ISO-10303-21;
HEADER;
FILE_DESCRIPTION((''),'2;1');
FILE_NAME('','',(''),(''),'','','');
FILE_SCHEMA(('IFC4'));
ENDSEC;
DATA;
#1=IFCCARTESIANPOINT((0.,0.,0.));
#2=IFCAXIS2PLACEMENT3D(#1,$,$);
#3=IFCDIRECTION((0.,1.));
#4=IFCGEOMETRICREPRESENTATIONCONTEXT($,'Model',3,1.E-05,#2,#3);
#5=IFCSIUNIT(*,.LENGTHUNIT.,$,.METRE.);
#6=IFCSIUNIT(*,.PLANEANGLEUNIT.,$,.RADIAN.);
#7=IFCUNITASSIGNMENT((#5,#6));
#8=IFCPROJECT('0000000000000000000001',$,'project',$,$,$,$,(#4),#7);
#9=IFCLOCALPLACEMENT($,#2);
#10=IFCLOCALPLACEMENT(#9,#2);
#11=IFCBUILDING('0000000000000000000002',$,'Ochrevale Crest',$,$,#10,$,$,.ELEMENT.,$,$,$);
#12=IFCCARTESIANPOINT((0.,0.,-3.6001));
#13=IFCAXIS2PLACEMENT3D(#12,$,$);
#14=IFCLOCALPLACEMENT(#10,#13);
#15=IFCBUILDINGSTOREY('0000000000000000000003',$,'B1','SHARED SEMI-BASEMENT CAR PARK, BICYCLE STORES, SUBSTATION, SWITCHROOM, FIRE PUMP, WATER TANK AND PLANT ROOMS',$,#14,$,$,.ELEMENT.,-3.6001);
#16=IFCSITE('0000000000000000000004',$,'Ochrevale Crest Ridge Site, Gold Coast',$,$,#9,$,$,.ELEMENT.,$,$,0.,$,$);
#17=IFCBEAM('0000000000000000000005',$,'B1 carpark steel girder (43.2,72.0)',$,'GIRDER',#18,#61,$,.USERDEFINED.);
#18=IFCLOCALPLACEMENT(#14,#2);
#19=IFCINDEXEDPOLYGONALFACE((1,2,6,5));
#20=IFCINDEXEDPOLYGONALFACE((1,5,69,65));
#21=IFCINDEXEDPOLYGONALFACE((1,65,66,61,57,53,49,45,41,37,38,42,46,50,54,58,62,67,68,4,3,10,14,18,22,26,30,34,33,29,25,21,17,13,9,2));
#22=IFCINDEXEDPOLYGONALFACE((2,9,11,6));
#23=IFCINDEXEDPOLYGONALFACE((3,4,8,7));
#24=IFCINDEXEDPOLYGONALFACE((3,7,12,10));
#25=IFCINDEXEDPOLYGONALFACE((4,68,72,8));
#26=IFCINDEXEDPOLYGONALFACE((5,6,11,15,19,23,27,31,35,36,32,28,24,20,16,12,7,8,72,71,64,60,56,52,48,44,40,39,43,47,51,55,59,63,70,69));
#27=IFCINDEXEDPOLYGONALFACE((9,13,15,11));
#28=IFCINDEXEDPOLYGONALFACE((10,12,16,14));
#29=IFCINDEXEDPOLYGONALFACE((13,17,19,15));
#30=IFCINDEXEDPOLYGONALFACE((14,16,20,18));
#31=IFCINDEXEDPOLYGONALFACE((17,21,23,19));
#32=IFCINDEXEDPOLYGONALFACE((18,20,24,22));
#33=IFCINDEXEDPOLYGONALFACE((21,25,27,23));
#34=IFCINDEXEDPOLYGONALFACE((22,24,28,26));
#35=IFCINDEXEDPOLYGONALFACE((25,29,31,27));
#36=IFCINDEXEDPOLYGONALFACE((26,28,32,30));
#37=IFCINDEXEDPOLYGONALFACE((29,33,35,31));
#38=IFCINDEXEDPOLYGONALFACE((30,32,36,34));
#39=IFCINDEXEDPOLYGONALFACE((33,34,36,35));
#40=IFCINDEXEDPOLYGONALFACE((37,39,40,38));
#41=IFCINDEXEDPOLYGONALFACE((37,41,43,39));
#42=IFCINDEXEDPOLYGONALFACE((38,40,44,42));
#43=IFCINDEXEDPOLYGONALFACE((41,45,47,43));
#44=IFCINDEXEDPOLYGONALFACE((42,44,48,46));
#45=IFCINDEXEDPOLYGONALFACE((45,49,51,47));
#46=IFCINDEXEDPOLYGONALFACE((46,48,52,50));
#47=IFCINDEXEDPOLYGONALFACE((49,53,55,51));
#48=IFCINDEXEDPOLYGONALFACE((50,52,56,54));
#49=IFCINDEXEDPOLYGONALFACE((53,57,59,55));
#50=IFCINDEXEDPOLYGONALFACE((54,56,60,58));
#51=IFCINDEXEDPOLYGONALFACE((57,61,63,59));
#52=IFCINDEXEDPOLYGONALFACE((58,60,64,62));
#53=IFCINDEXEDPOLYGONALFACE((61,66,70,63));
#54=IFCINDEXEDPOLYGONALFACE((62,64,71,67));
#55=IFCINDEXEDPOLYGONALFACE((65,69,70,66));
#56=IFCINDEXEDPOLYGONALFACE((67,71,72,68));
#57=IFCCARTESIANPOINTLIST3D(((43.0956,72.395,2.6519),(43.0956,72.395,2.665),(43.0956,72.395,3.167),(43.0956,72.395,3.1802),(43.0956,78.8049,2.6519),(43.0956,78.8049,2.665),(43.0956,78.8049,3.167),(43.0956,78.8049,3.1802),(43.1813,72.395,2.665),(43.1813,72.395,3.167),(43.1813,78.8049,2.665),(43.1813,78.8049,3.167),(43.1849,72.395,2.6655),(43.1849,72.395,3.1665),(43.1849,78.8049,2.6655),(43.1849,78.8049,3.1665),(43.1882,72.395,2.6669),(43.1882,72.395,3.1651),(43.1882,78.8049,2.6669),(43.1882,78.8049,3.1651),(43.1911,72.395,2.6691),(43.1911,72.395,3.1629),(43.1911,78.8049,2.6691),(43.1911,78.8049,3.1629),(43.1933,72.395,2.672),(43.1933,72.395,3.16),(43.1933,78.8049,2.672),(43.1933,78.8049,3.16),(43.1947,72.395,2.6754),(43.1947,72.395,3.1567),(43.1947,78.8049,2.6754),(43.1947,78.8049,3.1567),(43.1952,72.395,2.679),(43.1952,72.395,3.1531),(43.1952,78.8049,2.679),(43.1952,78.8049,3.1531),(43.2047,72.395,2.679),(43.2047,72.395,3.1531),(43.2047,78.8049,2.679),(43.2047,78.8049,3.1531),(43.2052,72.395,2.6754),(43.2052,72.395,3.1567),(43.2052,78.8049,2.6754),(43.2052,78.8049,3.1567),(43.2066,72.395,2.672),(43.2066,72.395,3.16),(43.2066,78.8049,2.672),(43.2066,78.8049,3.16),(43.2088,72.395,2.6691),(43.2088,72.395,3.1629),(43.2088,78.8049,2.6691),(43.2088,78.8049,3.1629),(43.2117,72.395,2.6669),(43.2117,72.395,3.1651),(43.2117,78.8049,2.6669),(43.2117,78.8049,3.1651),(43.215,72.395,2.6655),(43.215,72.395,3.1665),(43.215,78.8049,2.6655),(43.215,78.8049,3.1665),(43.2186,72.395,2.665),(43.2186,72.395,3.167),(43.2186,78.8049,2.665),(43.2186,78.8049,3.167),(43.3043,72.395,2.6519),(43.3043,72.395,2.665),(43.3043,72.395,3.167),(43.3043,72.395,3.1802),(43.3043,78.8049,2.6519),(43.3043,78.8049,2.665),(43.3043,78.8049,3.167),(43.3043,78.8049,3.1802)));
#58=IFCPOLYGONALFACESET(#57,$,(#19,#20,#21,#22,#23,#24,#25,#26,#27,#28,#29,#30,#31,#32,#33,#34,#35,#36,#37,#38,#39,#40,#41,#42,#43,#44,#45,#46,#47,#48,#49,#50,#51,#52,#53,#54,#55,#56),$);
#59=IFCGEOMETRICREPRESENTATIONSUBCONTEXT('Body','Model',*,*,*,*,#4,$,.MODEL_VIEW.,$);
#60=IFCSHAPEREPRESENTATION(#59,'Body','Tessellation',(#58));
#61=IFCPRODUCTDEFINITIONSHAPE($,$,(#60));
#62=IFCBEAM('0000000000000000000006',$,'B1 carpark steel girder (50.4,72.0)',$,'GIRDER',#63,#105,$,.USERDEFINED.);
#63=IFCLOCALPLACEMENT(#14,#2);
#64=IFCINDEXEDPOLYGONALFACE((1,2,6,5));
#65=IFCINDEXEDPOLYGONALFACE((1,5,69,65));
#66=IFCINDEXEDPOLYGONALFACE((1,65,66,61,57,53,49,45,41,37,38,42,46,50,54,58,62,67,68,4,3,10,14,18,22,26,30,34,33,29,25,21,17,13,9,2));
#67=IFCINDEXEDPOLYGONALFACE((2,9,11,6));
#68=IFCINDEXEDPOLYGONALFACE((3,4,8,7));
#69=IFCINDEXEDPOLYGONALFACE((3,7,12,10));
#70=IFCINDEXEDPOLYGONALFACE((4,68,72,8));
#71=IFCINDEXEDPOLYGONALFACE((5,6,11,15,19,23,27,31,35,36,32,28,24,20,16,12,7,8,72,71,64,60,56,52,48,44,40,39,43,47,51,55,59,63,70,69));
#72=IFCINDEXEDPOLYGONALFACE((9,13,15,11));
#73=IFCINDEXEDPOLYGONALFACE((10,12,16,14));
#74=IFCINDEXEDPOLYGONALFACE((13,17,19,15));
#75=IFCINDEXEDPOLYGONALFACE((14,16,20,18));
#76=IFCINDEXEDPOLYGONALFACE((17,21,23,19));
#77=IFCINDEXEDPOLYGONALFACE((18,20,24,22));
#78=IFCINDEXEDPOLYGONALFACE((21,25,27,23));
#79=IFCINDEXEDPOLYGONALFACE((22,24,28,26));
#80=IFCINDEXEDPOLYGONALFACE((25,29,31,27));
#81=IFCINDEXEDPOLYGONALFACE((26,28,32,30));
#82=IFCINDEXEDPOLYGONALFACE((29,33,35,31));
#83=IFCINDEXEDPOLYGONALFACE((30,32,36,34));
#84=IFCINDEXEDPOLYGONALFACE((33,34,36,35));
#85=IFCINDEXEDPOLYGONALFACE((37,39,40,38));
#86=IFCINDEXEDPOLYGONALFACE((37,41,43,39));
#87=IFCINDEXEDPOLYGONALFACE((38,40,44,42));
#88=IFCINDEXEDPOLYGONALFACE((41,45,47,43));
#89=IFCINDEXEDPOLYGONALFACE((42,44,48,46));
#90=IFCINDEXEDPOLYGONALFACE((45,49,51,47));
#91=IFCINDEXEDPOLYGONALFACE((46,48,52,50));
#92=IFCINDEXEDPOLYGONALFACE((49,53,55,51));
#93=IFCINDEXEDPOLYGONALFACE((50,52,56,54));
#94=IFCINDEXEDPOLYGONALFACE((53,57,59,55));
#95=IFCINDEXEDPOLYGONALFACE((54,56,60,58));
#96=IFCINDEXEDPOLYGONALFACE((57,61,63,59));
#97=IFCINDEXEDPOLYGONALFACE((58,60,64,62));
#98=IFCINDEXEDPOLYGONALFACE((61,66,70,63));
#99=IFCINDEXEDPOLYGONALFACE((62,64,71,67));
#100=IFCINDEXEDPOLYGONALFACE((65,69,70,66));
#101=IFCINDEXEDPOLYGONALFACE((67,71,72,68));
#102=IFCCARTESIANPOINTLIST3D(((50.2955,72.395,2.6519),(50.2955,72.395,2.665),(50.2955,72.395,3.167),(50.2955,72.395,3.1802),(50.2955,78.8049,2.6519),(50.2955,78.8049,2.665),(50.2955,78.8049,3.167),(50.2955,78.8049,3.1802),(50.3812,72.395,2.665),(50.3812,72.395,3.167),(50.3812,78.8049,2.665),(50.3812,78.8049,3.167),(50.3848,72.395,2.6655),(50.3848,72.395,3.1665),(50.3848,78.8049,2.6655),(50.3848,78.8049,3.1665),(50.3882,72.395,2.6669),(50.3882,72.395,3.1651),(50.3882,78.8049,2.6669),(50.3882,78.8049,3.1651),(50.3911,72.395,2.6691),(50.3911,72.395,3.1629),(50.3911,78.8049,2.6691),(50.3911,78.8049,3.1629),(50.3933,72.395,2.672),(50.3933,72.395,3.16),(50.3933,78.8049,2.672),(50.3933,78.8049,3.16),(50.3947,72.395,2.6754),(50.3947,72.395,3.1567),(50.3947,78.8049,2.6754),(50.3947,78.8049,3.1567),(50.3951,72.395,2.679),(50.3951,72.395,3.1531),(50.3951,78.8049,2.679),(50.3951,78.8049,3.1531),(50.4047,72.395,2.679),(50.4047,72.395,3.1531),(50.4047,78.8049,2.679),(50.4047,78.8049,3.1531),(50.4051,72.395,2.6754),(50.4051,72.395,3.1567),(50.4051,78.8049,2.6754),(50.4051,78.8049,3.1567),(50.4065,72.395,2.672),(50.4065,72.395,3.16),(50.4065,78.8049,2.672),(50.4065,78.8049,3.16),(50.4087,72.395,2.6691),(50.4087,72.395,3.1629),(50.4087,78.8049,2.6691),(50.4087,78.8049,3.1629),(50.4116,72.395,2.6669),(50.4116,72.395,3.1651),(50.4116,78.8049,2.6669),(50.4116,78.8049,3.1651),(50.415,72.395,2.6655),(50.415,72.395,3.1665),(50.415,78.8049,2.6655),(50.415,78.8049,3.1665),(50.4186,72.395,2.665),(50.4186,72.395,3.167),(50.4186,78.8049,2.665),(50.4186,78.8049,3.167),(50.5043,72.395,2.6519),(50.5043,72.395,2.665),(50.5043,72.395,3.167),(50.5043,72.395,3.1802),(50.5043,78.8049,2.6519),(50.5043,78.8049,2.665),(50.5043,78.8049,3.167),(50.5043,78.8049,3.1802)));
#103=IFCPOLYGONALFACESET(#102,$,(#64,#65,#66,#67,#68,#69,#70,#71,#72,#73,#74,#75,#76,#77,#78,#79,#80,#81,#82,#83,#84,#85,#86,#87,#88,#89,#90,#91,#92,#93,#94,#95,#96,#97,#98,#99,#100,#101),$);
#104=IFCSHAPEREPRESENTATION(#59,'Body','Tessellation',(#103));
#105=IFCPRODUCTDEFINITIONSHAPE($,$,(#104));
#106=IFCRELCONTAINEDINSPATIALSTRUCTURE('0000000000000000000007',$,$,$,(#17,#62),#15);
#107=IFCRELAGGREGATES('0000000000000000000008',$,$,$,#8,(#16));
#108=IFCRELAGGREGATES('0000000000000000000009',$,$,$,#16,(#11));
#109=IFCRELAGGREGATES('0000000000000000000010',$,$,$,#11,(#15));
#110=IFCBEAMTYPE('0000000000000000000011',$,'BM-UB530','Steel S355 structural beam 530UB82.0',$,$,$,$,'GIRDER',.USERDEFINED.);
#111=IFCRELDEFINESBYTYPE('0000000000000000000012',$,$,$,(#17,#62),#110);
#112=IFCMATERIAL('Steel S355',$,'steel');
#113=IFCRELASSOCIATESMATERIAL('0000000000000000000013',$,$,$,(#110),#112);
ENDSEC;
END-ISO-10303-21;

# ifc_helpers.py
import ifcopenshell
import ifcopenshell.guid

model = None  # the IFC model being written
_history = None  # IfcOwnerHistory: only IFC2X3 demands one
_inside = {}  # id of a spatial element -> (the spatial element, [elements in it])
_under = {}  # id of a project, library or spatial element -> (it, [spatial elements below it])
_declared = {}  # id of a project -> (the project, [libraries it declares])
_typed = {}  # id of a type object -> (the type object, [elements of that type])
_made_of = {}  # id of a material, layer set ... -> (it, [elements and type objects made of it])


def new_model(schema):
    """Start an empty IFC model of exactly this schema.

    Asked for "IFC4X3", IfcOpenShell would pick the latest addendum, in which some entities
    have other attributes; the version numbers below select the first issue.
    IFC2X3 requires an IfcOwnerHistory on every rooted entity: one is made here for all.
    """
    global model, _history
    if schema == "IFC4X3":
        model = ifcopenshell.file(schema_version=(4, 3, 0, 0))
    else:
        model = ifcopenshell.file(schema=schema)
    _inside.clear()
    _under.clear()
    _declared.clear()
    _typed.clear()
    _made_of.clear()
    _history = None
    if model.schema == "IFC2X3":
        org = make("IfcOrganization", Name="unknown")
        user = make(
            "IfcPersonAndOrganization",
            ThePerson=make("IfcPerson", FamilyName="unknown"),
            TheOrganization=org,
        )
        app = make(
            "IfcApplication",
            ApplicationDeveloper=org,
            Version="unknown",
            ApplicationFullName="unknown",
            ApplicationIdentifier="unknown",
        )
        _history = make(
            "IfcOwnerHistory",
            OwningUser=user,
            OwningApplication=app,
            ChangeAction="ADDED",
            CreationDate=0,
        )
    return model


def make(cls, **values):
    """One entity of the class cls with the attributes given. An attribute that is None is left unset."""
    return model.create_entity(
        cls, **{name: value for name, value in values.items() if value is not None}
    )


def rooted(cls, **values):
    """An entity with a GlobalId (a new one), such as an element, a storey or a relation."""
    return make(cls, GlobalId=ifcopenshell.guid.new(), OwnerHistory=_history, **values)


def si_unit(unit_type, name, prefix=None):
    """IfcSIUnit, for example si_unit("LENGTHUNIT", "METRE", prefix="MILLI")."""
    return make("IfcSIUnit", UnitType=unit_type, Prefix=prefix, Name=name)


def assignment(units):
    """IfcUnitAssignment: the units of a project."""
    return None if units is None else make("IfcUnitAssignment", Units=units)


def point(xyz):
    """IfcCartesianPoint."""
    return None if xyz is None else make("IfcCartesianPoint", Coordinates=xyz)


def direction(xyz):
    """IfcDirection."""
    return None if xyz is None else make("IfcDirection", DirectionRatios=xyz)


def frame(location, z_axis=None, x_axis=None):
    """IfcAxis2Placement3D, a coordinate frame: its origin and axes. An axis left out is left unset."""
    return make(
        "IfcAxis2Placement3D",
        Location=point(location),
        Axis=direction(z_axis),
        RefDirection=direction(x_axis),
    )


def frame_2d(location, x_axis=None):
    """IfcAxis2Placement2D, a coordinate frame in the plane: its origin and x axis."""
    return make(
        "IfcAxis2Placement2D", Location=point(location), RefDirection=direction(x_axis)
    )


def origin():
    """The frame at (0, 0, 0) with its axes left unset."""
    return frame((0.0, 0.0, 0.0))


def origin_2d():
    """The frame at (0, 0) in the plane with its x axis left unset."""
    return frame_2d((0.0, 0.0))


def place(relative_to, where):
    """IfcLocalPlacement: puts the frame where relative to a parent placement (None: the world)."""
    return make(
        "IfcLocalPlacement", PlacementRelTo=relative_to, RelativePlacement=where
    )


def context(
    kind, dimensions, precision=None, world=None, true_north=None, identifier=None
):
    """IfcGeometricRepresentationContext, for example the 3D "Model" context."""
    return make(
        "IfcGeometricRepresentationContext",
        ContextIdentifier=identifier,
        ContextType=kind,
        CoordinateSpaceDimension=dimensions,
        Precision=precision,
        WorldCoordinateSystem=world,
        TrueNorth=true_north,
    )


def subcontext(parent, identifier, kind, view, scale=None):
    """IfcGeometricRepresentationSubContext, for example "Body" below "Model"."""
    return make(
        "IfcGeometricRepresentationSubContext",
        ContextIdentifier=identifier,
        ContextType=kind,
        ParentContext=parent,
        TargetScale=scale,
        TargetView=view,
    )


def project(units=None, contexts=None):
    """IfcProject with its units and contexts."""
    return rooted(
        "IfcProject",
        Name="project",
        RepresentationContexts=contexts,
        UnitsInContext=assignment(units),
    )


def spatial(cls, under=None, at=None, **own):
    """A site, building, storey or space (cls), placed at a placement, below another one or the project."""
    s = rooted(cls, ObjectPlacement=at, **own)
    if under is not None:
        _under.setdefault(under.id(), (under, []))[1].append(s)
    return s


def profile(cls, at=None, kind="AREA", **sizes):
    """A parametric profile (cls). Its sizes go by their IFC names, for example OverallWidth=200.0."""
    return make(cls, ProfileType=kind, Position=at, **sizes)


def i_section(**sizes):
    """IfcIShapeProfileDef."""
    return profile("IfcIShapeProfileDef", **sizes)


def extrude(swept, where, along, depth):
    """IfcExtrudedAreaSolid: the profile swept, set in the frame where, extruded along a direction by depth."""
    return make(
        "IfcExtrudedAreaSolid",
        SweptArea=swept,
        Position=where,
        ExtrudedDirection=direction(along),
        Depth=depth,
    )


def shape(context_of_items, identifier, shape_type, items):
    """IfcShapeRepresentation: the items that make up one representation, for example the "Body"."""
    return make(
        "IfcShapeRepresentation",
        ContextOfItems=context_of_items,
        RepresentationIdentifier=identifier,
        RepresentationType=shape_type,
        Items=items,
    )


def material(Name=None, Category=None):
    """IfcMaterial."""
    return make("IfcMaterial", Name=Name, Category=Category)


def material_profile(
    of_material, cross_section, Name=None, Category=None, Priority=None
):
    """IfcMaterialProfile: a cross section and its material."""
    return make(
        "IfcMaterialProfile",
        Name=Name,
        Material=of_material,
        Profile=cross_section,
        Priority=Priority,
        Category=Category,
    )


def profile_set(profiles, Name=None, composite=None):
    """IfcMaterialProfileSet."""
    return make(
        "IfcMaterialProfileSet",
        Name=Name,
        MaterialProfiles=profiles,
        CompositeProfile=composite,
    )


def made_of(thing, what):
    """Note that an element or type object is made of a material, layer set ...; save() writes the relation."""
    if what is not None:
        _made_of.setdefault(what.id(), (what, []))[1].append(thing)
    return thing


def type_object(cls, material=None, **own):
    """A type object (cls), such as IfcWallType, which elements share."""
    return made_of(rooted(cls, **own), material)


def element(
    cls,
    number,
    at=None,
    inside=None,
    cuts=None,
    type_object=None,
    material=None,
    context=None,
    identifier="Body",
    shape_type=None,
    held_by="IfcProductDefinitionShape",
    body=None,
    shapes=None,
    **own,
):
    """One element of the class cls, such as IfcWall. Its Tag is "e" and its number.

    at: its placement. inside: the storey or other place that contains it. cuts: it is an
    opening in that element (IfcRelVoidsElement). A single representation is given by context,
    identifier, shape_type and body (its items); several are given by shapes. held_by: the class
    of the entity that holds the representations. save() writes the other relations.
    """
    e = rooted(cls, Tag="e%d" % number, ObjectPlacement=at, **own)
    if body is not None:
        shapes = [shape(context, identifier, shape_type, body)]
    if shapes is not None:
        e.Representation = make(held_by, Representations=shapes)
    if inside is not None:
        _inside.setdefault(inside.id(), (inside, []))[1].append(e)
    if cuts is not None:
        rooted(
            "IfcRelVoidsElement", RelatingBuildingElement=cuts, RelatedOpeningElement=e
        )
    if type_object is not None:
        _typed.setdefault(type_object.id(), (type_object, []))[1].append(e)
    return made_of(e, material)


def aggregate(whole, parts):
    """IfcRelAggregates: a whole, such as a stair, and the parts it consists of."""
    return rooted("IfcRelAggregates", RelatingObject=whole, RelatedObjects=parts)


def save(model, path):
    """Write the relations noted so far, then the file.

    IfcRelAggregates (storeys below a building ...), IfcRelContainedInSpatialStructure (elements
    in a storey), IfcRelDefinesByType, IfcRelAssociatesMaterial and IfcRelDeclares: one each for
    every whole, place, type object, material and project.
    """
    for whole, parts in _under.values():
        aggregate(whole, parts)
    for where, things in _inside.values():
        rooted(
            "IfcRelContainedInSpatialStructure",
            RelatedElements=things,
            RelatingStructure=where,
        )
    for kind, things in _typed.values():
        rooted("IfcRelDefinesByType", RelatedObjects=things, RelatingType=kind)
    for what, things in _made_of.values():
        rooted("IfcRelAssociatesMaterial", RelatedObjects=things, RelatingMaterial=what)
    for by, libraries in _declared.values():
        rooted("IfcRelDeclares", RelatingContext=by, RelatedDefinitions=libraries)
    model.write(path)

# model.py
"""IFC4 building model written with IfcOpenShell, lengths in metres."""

from ifc_helpers import new_model, si_unit, direction, frame, origin, origin_2d, place, context, subcontext, project, spatial, i_section, extrude, material, material_profile, profile_set, type_object, element, save


model = new_model("IFC4")

# Units and contexts
model_context = context("Model", 3, precision=1e-05, world=origin(), true_north=direction((0.0, 1.0)))
body_context = subcontext(model_context, "Body", "Model", "MODEL_VIEW")
ifc_project = project(units=[si_unit("LENGTHUNIT", "METRE"), si_unit("PLANEANGLEUNIT", "RADIAN")], contexts=[model_context])

# Site, building, storey
site_placement = place(None, origin())
site = spatial("IfcSite", under=ifc_project, at=site_placement, Name="Ochrevale Crest Ridge Site, Gold Coast", CompositionType="ELEMENT", RefElevation=0.0)
building_placement = place(site_placement, origin())
building = spatial("IfcBuilding", under=site, at=building_placement, Name="Ochrevale Crest", CompositionType="ELEMENT")
storey_placement = place(building_placement, frame((0.0, 0.0, -3.6001)))
storey = spatial("IfcBuildingStorey", under=building, at=storey_placement, Name="B1", Description="SHARED SEMI-BASEMENT CAR PARK, BICYCLE STORES, SUBSTATION, SWITCHROOM, FIRE PUMP, WATER TANK AND PLANT ROOMS", CompositionType="ELEMENT", Elevation=-3.6001)

# Beams
ifc_material_1 = material(Name="Steel S355", Category="steel")
ifc_material_profile_1 = material_profile(ifc_material_1, i_section(OverallWidth=0.2087, OverallDepth=0.5283, WebThickness=0.0095, FlangeThickness=0.0132, FilletRadius=0.0139, at=origin_2d()), Name="530UB82.0")
ifc_profile_set_1 = profile_set([ifc_material_profile_1], Name="Steel S355")
beam_type_1 = type_object("IfcBeamType", Name="BM-UB530", Description="Steel S355 structural beam 530UB82.0", ElementType="GIRDER", PredefinedType="USERDEFINED", material=ifc_profile_set_1)
for number, where, z_axis, x_axis, name in (
    (1, (43.2, 72.395, 2.916), (0.0, 1.0, 0.0), (-1.0, 0.0, 0.0), "B1 carpark steel girder (43.2,72.0)"),
    (2, (50.3999, 72.395, 2.916), (0.0, 1.0, 0.0), (-1.0, 0.0, 0.0), "B1 carpark steel girder (50.4,72.0)"),
):
    element("IfcBeam", number, at=place(storey_placement, frame(where, z_axis=z_axis, x_axis=x_axis)), inside=storey, type_object=beam_type_1, Name=name, ObjectType="GIRDER", PredefinedType="USERDEFINED", context=body_context, shape_type="SweptSolid", body=[
        extrude(i_section(OverallWidth=0.2087, OverallDepth=0.5283, WebThickness=0.0095, FlangeThickness=0.0132, FilletRadius=0.0139, at=origin_2d()), origin(), (0.0, 0.0, 1.0), 6.4099),
    ])

save(model, "model.ifc")
